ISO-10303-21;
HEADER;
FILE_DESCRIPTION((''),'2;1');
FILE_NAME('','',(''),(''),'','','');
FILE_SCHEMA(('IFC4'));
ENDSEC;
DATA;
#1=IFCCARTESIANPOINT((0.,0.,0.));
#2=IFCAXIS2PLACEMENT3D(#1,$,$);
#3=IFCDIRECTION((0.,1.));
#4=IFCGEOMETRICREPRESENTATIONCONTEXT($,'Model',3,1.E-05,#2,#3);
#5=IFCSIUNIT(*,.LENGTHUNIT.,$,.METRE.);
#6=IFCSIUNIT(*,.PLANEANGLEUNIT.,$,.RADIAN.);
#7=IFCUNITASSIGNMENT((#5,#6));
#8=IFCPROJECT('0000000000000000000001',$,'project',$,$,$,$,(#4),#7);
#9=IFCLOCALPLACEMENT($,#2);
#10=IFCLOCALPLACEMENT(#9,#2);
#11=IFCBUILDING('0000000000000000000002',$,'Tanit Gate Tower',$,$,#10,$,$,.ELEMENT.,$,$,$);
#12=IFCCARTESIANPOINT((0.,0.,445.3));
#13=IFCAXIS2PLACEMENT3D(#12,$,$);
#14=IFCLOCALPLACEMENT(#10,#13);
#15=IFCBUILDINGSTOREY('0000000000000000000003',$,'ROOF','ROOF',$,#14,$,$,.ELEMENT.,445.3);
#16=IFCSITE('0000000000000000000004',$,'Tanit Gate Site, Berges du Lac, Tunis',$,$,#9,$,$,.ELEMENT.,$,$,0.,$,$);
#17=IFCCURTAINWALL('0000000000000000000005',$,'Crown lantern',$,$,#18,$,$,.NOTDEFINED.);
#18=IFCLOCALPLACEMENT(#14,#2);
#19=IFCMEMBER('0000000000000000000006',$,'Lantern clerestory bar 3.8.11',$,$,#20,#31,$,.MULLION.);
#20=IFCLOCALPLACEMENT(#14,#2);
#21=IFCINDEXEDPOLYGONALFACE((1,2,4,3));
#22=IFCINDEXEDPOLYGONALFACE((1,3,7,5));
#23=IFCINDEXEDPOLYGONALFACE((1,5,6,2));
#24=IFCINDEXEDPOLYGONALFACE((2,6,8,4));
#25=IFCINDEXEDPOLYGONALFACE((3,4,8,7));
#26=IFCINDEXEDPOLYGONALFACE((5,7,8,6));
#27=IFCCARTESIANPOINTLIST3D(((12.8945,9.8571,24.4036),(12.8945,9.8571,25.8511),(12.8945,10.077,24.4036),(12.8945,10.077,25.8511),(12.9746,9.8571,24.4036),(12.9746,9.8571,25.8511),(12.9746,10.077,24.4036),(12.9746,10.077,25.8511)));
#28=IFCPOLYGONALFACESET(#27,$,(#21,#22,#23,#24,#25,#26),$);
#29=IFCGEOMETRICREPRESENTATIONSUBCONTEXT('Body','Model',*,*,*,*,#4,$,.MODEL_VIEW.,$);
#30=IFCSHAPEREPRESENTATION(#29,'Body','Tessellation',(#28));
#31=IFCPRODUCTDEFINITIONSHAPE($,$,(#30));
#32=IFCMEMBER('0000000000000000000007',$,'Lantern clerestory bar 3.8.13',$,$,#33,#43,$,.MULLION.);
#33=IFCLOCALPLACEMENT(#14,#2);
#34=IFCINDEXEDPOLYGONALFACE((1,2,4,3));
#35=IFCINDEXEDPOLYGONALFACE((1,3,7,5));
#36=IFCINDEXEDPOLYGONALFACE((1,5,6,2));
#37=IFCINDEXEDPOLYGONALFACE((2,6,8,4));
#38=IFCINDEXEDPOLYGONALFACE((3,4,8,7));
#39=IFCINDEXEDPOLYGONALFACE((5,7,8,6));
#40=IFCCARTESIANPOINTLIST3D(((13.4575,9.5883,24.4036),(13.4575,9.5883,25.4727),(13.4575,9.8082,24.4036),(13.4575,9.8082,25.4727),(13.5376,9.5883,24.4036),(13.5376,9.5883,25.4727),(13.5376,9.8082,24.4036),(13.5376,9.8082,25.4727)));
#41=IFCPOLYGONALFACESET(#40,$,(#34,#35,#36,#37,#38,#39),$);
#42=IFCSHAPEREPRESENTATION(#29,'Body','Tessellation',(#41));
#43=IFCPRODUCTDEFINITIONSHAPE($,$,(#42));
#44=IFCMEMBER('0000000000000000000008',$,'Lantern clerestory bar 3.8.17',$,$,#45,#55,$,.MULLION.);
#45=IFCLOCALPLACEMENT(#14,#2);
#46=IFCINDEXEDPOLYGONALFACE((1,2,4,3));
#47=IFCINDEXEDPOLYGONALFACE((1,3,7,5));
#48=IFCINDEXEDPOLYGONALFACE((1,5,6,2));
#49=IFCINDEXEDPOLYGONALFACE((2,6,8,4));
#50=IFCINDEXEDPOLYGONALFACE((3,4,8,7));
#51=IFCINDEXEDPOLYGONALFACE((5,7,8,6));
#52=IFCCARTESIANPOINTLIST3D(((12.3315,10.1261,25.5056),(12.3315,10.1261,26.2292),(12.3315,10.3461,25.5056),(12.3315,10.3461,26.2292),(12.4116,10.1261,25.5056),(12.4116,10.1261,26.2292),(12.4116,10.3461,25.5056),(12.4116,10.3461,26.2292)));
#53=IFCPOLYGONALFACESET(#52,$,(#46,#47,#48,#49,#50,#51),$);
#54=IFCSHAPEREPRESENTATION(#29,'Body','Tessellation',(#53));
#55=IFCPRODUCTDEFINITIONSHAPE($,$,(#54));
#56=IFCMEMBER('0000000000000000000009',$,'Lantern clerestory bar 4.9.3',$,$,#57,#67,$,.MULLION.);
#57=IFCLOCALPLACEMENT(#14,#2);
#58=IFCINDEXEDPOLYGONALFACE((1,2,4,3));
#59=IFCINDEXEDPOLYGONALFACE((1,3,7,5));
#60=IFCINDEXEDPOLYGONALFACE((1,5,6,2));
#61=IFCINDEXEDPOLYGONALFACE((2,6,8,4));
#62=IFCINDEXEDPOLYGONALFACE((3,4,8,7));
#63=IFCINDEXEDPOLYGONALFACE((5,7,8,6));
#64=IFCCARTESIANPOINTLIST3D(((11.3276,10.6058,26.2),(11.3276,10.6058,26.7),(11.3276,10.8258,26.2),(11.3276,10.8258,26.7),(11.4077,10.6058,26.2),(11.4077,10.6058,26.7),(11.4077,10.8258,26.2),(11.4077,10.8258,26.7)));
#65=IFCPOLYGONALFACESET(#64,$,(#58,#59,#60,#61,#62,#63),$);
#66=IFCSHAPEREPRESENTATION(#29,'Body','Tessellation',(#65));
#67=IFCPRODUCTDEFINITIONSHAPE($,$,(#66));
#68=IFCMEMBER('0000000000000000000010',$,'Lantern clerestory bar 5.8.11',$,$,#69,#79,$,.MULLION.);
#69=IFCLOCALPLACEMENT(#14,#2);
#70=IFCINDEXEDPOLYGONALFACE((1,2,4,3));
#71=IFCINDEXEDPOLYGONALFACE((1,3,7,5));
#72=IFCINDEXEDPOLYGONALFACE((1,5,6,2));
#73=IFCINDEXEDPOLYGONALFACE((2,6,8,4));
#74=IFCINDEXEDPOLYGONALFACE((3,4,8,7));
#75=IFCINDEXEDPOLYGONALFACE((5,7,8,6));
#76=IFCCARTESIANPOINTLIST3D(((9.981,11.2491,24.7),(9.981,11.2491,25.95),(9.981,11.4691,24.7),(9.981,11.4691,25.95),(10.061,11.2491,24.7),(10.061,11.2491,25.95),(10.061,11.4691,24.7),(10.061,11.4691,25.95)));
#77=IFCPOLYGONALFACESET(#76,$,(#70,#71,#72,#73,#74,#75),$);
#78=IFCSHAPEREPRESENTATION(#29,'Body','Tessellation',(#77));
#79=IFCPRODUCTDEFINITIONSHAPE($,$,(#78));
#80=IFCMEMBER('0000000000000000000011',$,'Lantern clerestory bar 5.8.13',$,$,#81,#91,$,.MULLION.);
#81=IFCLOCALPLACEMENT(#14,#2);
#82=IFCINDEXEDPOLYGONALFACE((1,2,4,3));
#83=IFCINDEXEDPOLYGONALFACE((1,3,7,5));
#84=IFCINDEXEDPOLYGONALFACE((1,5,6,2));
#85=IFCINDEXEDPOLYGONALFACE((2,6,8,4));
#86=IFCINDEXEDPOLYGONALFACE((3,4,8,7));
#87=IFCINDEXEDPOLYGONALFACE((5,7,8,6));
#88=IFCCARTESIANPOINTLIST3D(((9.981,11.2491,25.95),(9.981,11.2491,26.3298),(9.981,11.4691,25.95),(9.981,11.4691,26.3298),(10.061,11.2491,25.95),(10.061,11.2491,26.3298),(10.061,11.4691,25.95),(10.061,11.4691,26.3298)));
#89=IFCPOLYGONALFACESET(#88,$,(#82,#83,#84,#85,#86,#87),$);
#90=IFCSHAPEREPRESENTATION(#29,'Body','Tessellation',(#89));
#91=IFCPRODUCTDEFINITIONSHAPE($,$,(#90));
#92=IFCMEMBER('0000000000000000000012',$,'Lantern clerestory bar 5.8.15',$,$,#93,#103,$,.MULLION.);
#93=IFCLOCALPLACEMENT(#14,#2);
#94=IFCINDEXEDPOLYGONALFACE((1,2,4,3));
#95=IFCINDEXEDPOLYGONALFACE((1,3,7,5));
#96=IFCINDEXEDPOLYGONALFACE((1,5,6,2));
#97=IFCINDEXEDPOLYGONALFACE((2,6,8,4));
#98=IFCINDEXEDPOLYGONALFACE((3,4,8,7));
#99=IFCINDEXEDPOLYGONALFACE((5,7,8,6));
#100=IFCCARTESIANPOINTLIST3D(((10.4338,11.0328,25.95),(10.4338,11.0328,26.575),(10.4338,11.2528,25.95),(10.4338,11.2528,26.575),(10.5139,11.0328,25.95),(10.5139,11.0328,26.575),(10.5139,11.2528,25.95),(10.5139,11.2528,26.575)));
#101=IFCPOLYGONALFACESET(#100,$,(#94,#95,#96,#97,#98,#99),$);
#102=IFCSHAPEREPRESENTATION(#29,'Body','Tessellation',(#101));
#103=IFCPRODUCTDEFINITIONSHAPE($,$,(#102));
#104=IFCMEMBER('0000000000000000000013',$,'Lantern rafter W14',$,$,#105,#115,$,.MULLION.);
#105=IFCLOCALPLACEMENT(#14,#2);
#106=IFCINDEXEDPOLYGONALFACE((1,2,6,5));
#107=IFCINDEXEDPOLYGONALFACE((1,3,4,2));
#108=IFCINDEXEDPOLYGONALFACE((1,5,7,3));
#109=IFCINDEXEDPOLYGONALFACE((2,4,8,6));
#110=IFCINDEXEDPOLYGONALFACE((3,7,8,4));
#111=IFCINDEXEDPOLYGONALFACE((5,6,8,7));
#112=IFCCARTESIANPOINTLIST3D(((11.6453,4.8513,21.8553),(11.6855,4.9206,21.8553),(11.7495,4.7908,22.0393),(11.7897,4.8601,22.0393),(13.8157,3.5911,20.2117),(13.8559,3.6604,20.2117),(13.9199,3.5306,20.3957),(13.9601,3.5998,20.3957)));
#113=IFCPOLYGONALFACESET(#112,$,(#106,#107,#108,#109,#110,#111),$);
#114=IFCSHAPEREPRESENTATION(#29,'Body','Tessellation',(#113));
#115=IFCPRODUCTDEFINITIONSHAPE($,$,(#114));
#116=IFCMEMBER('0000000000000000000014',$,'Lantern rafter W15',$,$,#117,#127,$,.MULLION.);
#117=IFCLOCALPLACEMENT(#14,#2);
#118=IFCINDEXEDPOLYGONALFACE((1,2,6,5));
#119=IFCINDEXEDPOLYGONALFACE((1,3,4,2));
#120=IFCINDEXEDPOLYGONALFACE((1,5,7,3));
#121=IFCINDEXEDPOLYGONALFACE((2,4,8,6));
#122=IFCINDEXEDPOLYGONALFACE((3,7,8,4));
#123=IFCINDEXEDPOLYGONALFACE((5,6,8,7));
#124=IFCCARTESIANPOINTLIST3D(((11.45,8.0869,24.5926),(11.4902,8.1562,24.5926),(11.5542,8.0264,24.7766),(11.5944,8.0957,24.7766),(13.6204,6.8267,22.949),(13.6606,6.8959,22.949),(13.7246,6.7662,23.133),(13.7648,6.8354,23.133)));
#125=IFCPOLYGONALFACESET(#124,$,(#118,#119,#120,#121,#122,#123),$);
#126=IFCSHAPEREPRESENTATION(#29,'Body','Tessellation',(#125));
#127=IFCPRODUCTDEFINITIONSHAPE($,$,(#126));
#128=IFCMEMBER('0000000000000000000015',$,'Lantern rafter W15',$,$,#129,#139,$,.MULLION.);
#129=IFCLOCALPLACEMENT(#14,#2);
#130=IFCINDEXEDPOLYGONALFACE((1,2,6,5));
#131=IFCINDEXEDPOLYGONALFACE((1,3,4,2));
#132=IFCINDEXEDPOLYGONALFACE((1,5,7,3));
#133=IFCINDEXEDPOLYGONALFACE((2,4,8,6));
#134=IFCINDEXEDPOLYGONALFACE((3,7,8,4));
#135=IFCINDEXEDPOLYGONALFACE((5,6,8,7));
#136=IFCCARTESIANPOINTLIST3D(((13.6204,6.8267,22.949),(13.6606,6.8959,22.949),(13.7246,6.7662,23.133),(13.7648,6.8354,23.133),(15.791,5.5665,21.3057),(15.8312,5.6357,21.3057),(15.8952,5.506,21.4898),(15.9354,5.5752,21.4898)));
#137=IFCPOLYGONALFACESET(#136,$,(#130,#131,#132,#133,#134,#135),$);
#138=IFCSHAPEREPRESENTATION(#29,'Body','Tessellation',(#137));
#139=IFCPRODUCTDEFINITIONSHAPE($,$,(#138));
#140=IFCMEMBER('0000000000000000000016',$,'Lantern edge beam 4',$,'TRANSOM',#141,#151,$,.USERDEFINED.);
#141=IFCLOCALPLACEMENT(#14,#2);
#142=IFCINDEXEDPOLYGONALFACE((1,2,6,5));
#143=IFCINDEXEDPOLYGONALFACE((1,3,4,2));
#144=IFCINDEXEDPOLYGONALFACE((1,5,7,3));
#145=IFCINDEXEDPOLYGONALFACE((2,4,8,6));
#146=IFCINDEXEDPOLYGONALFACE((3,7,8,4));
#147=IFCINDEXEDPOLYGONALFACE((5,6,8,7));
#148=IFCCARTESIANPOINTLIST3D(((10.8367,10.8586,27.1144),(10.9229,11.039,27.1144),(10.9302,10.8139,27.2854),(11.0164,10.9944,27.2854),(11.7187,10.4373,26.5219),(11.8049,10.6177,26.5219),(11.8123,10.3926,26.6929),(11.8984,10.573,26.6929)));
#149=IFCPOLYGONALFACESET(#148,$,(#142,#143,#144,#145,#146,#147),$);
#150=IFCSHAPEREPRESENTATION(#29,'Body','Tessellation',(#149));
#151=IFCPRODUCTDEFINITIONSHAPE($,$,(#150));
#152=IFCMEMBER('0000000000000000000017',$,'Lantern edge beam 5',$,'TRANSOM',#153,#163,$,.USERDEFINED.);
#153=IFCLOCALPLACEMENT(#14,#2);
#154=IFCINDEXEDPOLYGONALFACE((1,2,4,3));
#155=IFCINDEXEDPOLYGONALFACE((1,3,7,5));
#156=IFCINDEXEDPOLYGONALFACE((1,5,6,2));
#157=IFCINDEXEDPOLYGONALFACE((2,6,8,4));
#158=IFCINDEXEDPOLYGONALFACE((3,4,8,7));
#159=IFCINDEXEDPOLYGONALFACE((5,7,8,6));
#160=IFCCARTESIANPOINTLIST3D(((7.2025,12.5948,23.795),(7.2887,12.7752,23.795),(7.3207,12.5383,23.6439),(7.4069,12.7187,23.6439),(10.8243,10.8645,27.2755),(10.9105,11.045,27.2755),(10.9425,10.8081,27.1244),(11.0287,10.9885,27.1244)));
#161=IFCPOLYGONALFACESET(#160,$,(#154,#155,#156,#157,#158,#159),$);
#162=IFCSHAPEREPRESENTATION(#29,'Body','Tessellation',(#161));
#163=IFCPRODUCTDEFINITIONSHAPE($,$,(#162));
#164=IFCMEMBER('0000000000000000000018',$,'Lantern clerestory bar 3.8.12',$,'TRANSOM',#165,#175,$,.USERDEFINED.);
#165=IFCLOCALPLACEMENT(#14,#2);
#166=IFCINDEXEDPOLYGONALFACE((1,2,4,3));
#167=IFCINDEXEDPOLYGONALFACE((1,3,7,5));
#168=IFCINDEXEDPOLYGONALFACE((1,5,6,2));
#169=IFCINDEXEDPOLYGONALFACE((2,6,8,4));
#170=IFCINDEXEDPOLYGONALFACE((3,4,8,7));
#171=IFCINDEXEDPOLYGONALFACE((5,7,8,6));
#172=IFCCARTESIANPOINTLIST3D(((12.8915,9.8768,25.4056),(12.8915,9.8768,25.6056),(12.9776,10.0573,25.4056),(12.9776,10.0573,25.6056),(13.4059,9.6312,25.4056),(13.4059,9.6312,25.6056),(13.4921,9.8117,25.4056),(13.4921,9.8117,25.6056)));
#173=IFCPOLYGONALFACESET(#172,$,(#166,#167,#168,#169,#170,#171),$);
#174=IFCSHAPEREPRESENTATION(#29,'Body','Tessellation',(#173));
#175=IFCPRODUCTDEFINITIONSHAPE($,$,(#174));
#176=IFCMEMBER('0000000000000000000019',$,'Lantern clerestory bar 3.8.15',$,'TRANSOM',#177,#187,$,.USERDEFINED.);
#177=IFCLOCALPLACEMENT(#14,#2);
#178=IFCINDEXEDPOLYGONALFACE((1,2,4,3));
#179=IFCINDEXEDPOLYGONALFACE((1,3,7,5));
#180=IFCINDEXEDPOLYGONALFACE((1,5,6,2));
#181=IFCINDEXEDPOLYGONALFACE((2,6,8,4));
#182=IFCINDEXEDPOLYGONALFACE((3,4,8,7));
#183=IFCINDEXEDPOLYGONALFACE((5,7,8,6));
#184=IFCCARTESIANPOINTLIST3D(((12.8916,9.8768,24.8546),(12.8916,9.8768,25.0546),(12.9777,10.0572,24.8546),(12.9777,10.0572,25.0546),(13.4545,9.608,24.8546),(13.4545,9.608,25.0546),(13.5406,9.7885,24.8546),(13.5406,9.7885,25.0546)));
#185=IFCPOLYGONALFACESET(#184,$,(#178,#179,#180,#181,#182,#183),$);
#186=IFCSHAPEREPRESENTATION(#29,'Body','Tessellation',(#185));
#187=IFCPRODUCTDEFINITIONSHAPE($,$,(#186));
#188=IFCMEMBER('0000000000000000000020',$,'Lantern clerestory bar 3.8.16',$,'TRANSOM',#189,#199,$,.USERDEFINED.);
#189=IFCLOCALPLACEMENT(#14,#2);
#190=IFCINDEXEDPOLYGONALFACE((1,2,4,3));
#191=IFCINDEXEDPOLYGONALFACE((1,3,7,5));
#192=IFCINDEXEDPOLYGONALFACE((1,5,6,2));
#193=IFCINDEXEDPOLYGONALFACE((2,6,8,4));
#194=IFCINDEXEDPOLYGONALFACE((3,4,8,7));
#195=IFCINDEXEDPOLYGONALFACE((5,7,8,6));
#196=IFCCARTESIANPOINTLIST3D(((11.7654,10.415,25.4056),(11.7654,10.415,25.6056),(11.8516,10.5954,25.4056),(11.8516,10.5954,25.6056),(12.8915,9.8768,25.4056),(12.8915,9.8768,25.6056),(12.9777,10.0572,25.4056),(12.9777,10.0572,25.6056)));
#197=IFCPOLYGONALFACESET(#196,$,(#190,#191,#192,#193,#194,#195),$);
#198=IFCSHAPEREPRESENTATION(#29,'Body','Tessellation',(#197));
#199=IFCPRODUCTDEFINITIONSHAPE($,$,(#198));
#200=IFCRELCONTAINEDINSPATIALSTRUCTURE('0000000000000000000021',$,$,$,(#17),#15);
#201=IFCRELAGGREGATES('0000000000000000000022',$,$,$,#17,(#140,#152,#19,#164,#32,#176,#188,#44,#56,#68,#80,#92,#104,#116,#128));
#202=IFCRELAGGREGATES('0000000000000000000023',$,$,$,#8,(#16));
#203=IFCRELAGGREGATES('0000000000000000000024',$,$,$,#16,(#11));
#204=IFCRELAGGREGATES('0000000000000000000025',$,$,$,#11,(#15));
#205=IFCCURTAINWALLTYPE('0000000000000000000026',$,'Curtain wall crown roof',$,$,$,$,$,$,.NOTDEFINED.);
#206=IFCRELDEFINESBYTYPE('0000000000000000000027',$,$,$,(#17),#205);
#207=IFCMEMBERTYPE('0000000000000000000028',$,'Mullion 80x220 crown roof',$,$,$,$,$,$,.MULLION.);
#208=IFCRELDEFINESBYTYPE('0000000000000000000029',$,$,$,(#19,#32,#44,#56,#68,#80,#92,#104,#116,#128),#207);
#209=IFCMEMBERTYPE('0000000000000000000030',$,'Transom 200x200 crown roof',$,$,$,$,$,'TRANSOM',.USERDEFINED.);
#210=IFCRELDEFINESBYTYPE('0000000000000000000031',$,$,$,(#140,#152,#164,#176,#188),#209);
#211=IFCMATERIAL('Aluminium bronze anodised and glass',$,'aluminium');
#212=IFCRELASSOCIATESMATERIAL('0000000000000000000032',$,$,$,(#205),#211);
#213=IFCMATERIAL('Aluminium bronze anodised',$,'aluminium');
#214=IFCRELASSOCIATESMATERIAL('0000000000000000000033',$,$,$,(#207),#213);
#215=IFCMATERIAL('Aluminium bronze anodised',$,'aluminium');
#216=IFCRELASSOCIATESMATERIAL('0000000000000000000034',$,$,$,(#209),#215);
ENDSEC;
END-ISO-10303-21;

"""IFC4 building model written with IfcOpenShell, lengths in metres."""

from ifc_helpers import new_model, si_unit, direction, frame, origin, origin_2d, place, context, subcontext, project, spatial, rectangle, extrude, material, material_profile, profile_set, type_object, element, aggregate, save


model = new_model("IFC4")

# Units and contexts
model_context = context("Model", 3, precision=1e-05, world=origin(), true_north=direction((0.0, 1.0)))
body_context = subcontext(model_context, "Body", "Model", "MODEL_VIEW")
ifc_project = project(units=[si_unit("LENGTHUNIT", "METRE"), si_unit("PLANEANGLEUNIT", "RADIAN")], contexts=[model_context])

# Site, building, storey
site_placement = place(None, origin())
site = spatial("IfcSite", under=ifc_project, at=site_placement, Name="Tanit Gate Site, Berges du Lac, Tunis", CompositionType="ELEMENT", RefElevation=0.0)
building_placement = place(site_placement, origin())
building = spatial("IfcBuilding", under=site, at=building_placement, Name="Tanit Gate Tower", CompositionType="ELEMENT")
storey_placement = place(building_placement, frame((0.0, 0.0, 445.3)))
storey = spatial("IfcBuildingStorey", under=building, at=storey_placement, Name="ROOF", Description="ROOF", CompositionType="ELEMENT", Elevation=445.3)

# Curtain wall, members
ifc_material_1 = material(Name="Aluminium bronze anodised and glass", Category="aluminium")
curtain_wall_type = type_object("IfcCurtainWallType", Name="Curtain wall crown roof", PredefinedType="NOTDEFINED", material=ifc_material_1)
curtain_wall_placement = place(storey_placement, origin())
curtain_wall = element("IfcCurtainWall", 1, at=curtain_wall_placement, inside=storey, type_object=curtain_wall_type, Name="Crown lantern", PredefinedType="NOTDEFINED")
ifc_material_2 = material(Name="Aluminium bronze anodised", Category="aluminium")
ifc_material_profile_1 = material_profile(ifc_material_2, rectangle(XDim=0.0801, YDim=0.22, at=origin_2d()), Name="80x220 bronze rafter")
ifc_profile_set_1 = profile_set([ifc_material_profile_1], Name="Aluminium bronze anodised")
member_type_1 = type_object("IfcMemberType", Name="Mullion 80x220 crown roof", PredefinedType="MULLION", material=ifc_profile_set_1)
member_1_placement = place(storey_placement, frame((12.9346, 9.967, 24.4036), z_axis=(0.0, 0.0, 1.0), x_axis=(1.0, 0.0, 0.0)))
member_1 = element("IfcMember", 2, at=member_1_placement, type_object=member_type_1, Name="Lantern clerestory bar 3.8.11", PredefinedType="MULLION", context=body_context, shape_type="SweptSolid", body=[
    extrude(rectangle(XDim=0.0801, YDim=0.22, at=origin_2d()), origin(), (0.0, 0.0, 1.0), 1.4475),
])
member_2_placement = place(storey_placement, frame((13.4976, 9.6982, 24.4036), z_axis=(0.0, 0.0, 1.0), x_axis=(1.0, 0.0, 0.0)))
member_2 = element("IfcMember", 3, at=member_2_placement, type_object=member_type_1, Name="Lantern clerestory bar 3.8.13", PredefinedType="MULLION", context=body_context, shape_type="SweptSolid", body=[
    extrude(rectangle(XDim=0.0801, YDim=0.22, at=origin_2d()), origin(), (0.0, 0.0, 1.0), 1.0691),
])
member_3_placement = place(storey_placement, frame((12.3716, 10.2361, 25.5056), z_axis=(0.0, 0.0, 1.0), x_axis=(1.0, 0.0, 0.0)))
member_3 = element("IfcMember", 4, at=member_3_placement, type_object=member_type_1, Name="Lantern clerestory bar 3.8.17", PredefinedType="MULLION", context=body_context, shape_type="SweptSolid", body=[
    extrude(rectangle(XDim=0.0801, YDim=0.22, at=origin_2d()), origin(), (0.0, 0.0, 1.0), 0.7236),
])
member_4_placement = place(storey_placement, frame((11.3677, 10.7158, 26.2), z_axis=(0.0, 0.0, 1.0), x_axis=(1.0, 0.0, 0.0)))
member_4 = element("IfcMember", 5, at=member_4_placement, type_object=member_type_1, Name="Lantern clerestory bar 4.9.3", PredefinedType="MULLION", context=body_context, shape_type="SweptSolid", body=[
    extrude(rectangle(XDim=0.0801, YDim=0.22, at=origin_2d()), origin(), (0.0, 0.0, 1.0), 0.5),
])
member_5_placement = place(storey_placement, frame((10.021, 11.3591, 24.7), z_axis=(0.0, 0.0, 1.0), x_axis=(1.0, 0.0, 0.0)))
member_5 = element("IfcMember", 6, at=member_5_placement, type_object=member_type_1, Name="Lantern clerestory bar 5.8.11", PredefinedType="MULLION", context=body_context, shape_type="SweptSolid", body=[
    extrude(rectangle(XDim=0.0801, YDim=0.22, at=origin_2d()), origin(), (0.0, 0.0, 1.0), 1.25),
])
member_6_placement = place(storey_placement, frame((10.021, 11.3591, 25.95), z_axis=(0.0, 0.0, 1.0), x_axis=(1.0, 0.0, 0.0)))
member_6 = element("IfcMember", 7, at=member_6_placement, type_object=member_type_1, Name="Lantern clerestory bar 5.8.13", PredefinedType="MULLION", context=body_context, shape_type="SweptSolid", body=[
    extrude(rectangle(XDim=0.0801, YDim=0.22, at=origin_2d()), origin(), (0.0, 0.0, 1.0), 0.3799),
])
member_7_placement = place(storey_placement, frame((10.4739, 11.1428, 25.95), z_axis=(0.0, 0.0, 1.0), x_axis=(1.0, 0.0, 0.0)))
member_7 = element("IfcMember", 8, at=member_7_placement, type_object=member_type_1, Name="Lantern clerestory bar 5.8.15", PredefinedType="MULLION", context=body_context, shape_type="SweptSolid", body=[
    extrude(rectangle(XDim=0.0801, YDim=0.22, at=origin_2d()), origin(), (0.0, 0.0, 1.0), 0.625),
])
member_8_placement = place(storey_placement, frame((11.7175, 4.8557, 21.9473), z_axis=(0.723462, -0.42008, -0.547846), x_axis=(0.50214, 0.864786, 0.0)))
member_8 = element("IfcMember", 9, at=member_8_placement, type_object=member_type_1, Name="Lantern rafter W14", PredefinedType="MULLION", context=body_context, shape_type="SweptSolid", body=[
    extrude(rectangle(XDim=0.0801, YDim=0.22, at=origin_2d()), origin(), (0.0, 0.0, 1.0), 3.0),
])
member_9_placement = place(storey_placement, frame((11.5222, 8.0913, 24.6846), z_axis=(0.723462, -0.42008, -0.547846), x_axis=(0.50214, 0.864786, 0.0)))
member_9 = element("IfcMember", 10, at=member_9_placement, type_object=member_type_1, Name="Lantern rafter W15", PredefinedType="MULLION", context=body_context, shape_type="SweptSolid", body=[
    extrude(rectangle(XDim=0.0801, YDim=0.22, at=origin_2d()), origin(), (0.0, 0.0, 1.0), 3.0),
])
member_10_placement = place(storey_placement, frame((13.6926, 6.8311, 23.041), z_axis=(0.723533, -0.420074, -0.547757), x_axis=(0.502098, 0.864811, 0.0)))
member_10 = element("IfcMember", 11, at=member_10_placement, type_object=member_type_1, Name="Lantern rafter W15", PredefinedType="MULLION", context=body_context, shape_type="SweptSolid", body=[
    extrude(rectangle(XDim=0.0801, YDim=0.22, at=origin_2d()), origin(), (0.0, 0.0, 1.0), 3.0),
])
ifc_material_3 = material(Name="Aluminium bronze anodised", Category="aluminium")
ifc_material_profile_2 = material_profile(ifc_material_3, rectangle(XDim=0.2, YDim=0.2, at=origin_2d()), Name="200x200 bronze transom")
ifc_profile_set_2 = profile_set([ifc_material_profile_2], Name="Aluminium bronze anodised")
member_type_2 = type_object("IfcMemberType", Name="Transom 200x200 crown roof", ElementType="TRANSOM", PredefinedType="USERDEFINED", material=ifc_profile_set_2)
member_11_placement = place(storey_placement, frame((11.8086, 10.5051, 26.6074), z_axis=(-0.771643, 0.368629, 0.518344), x_axis=(-0.431058, -0.902324, 0.0)))
member_11 = element("IfcMember", 12, at=member_11_placement, type_object=member_type_2, Name="Lantern edge beam 4", ObjectType="TRANSOM", PredefinedType="USERDEFINED", context=body_context, shape_type="SweptSolid", body=[
    extrude(rectangle(XDim=0.2, YDim=0.2, at=origin_2d()), origin(), (0.0, 0.0, 1.0), 1.1431),
])
member_12_placement = place(storey_placement, frame((10.9265, 10.9265, 27.2), z_axis=(-0.681728, 0.325676, -0.65512), x_axis=(-0.431059, -0.902324, 0.0)))
member_12 = element("IfcMember", 13, at=member_12_placement, type_object=member_type_2, Name="Lantern edge beam 5", ObjectType="TRANSOM", PredefinedType="USERDEFINED", context=body_context, shape_type="SweptSolid", body=[
    extrude(rectangle(XDim=0.2, YDim=0.2, at=origin_2d()), origin(), (0.0, 0.0, 1.0), 5.3127),
])
member_13_placement = place(storey_placement, frame((13.449, 9.7214, 25.5056), z_axis=(-0.902417, 0.430864, 0.0), x_axis=(-0.430864, -0.902417, 0.0)))
member_13 = element("IfcMember", 14, at=member_13_placement, type_object=member_type_2, Name="Lantern clerestory bar 3.8.12", ObjectType="TRANSOM", PredefinedType="USERDEFINED", context=body_context, shape_type="SweptSolid", body=[
    extrude(rectangle(XDim=0.2, YDim=0.2, at=origin_2d()), origin(), (0.0, 0.0, 1.0), 0.5701),
])
member_14_placement = place(storey_placement, frame((13.4976, 9.6982, 24.9546), z_axis=(-0.902419, 0.43086, 0.0), x_axis=(-0.43086, -0.902419, 0.0)))
member_14 = element("IfcMember", 15, at=member_14_placement, type_object=member_type_2, Name="Lantern clerestory bar 3.8.15", ObjectType="TRANSOM", PredefinedType="USERDEFINED", context=body_context, shape_type="SweptSolid", body=[
    extrude(rectangle(XDim=0.2, YDim=0.2, at=origin_2d()), origin(), (0.0, 0.0, 1.0), 0.6238),
])
member_15_placement = place(storey_placement, frame((12.9346, 9.967, 25.5056), z_axis=(-0.902267, 0.431179, 0.0), x_axis=(-0.431179, -0.902267, 0.0)))
member_15 = element("IfcMember", 16, at=member_15_placement, type_object=member_type_2, Name="Lantern clerestory bar 3.8.16", ObjectType="TRANSOM", PredefinedType="USERDEFINED", context=body_context, shape_type="SweptSolid", body=[
    extrude(rectangle(XDim=0.2, YDim=0.2, at=origin_2d()), origin(), (0.0, 0.0, 1.0), 1.248),
])
aggregate(curtain_wall, [member_11, member_12, member_1, member_13, member_2, member_14, member_15, member_3, member_4, member_5, member_6, member_7, member_8, member_9, member_10])

save(model, "model.ifc")
